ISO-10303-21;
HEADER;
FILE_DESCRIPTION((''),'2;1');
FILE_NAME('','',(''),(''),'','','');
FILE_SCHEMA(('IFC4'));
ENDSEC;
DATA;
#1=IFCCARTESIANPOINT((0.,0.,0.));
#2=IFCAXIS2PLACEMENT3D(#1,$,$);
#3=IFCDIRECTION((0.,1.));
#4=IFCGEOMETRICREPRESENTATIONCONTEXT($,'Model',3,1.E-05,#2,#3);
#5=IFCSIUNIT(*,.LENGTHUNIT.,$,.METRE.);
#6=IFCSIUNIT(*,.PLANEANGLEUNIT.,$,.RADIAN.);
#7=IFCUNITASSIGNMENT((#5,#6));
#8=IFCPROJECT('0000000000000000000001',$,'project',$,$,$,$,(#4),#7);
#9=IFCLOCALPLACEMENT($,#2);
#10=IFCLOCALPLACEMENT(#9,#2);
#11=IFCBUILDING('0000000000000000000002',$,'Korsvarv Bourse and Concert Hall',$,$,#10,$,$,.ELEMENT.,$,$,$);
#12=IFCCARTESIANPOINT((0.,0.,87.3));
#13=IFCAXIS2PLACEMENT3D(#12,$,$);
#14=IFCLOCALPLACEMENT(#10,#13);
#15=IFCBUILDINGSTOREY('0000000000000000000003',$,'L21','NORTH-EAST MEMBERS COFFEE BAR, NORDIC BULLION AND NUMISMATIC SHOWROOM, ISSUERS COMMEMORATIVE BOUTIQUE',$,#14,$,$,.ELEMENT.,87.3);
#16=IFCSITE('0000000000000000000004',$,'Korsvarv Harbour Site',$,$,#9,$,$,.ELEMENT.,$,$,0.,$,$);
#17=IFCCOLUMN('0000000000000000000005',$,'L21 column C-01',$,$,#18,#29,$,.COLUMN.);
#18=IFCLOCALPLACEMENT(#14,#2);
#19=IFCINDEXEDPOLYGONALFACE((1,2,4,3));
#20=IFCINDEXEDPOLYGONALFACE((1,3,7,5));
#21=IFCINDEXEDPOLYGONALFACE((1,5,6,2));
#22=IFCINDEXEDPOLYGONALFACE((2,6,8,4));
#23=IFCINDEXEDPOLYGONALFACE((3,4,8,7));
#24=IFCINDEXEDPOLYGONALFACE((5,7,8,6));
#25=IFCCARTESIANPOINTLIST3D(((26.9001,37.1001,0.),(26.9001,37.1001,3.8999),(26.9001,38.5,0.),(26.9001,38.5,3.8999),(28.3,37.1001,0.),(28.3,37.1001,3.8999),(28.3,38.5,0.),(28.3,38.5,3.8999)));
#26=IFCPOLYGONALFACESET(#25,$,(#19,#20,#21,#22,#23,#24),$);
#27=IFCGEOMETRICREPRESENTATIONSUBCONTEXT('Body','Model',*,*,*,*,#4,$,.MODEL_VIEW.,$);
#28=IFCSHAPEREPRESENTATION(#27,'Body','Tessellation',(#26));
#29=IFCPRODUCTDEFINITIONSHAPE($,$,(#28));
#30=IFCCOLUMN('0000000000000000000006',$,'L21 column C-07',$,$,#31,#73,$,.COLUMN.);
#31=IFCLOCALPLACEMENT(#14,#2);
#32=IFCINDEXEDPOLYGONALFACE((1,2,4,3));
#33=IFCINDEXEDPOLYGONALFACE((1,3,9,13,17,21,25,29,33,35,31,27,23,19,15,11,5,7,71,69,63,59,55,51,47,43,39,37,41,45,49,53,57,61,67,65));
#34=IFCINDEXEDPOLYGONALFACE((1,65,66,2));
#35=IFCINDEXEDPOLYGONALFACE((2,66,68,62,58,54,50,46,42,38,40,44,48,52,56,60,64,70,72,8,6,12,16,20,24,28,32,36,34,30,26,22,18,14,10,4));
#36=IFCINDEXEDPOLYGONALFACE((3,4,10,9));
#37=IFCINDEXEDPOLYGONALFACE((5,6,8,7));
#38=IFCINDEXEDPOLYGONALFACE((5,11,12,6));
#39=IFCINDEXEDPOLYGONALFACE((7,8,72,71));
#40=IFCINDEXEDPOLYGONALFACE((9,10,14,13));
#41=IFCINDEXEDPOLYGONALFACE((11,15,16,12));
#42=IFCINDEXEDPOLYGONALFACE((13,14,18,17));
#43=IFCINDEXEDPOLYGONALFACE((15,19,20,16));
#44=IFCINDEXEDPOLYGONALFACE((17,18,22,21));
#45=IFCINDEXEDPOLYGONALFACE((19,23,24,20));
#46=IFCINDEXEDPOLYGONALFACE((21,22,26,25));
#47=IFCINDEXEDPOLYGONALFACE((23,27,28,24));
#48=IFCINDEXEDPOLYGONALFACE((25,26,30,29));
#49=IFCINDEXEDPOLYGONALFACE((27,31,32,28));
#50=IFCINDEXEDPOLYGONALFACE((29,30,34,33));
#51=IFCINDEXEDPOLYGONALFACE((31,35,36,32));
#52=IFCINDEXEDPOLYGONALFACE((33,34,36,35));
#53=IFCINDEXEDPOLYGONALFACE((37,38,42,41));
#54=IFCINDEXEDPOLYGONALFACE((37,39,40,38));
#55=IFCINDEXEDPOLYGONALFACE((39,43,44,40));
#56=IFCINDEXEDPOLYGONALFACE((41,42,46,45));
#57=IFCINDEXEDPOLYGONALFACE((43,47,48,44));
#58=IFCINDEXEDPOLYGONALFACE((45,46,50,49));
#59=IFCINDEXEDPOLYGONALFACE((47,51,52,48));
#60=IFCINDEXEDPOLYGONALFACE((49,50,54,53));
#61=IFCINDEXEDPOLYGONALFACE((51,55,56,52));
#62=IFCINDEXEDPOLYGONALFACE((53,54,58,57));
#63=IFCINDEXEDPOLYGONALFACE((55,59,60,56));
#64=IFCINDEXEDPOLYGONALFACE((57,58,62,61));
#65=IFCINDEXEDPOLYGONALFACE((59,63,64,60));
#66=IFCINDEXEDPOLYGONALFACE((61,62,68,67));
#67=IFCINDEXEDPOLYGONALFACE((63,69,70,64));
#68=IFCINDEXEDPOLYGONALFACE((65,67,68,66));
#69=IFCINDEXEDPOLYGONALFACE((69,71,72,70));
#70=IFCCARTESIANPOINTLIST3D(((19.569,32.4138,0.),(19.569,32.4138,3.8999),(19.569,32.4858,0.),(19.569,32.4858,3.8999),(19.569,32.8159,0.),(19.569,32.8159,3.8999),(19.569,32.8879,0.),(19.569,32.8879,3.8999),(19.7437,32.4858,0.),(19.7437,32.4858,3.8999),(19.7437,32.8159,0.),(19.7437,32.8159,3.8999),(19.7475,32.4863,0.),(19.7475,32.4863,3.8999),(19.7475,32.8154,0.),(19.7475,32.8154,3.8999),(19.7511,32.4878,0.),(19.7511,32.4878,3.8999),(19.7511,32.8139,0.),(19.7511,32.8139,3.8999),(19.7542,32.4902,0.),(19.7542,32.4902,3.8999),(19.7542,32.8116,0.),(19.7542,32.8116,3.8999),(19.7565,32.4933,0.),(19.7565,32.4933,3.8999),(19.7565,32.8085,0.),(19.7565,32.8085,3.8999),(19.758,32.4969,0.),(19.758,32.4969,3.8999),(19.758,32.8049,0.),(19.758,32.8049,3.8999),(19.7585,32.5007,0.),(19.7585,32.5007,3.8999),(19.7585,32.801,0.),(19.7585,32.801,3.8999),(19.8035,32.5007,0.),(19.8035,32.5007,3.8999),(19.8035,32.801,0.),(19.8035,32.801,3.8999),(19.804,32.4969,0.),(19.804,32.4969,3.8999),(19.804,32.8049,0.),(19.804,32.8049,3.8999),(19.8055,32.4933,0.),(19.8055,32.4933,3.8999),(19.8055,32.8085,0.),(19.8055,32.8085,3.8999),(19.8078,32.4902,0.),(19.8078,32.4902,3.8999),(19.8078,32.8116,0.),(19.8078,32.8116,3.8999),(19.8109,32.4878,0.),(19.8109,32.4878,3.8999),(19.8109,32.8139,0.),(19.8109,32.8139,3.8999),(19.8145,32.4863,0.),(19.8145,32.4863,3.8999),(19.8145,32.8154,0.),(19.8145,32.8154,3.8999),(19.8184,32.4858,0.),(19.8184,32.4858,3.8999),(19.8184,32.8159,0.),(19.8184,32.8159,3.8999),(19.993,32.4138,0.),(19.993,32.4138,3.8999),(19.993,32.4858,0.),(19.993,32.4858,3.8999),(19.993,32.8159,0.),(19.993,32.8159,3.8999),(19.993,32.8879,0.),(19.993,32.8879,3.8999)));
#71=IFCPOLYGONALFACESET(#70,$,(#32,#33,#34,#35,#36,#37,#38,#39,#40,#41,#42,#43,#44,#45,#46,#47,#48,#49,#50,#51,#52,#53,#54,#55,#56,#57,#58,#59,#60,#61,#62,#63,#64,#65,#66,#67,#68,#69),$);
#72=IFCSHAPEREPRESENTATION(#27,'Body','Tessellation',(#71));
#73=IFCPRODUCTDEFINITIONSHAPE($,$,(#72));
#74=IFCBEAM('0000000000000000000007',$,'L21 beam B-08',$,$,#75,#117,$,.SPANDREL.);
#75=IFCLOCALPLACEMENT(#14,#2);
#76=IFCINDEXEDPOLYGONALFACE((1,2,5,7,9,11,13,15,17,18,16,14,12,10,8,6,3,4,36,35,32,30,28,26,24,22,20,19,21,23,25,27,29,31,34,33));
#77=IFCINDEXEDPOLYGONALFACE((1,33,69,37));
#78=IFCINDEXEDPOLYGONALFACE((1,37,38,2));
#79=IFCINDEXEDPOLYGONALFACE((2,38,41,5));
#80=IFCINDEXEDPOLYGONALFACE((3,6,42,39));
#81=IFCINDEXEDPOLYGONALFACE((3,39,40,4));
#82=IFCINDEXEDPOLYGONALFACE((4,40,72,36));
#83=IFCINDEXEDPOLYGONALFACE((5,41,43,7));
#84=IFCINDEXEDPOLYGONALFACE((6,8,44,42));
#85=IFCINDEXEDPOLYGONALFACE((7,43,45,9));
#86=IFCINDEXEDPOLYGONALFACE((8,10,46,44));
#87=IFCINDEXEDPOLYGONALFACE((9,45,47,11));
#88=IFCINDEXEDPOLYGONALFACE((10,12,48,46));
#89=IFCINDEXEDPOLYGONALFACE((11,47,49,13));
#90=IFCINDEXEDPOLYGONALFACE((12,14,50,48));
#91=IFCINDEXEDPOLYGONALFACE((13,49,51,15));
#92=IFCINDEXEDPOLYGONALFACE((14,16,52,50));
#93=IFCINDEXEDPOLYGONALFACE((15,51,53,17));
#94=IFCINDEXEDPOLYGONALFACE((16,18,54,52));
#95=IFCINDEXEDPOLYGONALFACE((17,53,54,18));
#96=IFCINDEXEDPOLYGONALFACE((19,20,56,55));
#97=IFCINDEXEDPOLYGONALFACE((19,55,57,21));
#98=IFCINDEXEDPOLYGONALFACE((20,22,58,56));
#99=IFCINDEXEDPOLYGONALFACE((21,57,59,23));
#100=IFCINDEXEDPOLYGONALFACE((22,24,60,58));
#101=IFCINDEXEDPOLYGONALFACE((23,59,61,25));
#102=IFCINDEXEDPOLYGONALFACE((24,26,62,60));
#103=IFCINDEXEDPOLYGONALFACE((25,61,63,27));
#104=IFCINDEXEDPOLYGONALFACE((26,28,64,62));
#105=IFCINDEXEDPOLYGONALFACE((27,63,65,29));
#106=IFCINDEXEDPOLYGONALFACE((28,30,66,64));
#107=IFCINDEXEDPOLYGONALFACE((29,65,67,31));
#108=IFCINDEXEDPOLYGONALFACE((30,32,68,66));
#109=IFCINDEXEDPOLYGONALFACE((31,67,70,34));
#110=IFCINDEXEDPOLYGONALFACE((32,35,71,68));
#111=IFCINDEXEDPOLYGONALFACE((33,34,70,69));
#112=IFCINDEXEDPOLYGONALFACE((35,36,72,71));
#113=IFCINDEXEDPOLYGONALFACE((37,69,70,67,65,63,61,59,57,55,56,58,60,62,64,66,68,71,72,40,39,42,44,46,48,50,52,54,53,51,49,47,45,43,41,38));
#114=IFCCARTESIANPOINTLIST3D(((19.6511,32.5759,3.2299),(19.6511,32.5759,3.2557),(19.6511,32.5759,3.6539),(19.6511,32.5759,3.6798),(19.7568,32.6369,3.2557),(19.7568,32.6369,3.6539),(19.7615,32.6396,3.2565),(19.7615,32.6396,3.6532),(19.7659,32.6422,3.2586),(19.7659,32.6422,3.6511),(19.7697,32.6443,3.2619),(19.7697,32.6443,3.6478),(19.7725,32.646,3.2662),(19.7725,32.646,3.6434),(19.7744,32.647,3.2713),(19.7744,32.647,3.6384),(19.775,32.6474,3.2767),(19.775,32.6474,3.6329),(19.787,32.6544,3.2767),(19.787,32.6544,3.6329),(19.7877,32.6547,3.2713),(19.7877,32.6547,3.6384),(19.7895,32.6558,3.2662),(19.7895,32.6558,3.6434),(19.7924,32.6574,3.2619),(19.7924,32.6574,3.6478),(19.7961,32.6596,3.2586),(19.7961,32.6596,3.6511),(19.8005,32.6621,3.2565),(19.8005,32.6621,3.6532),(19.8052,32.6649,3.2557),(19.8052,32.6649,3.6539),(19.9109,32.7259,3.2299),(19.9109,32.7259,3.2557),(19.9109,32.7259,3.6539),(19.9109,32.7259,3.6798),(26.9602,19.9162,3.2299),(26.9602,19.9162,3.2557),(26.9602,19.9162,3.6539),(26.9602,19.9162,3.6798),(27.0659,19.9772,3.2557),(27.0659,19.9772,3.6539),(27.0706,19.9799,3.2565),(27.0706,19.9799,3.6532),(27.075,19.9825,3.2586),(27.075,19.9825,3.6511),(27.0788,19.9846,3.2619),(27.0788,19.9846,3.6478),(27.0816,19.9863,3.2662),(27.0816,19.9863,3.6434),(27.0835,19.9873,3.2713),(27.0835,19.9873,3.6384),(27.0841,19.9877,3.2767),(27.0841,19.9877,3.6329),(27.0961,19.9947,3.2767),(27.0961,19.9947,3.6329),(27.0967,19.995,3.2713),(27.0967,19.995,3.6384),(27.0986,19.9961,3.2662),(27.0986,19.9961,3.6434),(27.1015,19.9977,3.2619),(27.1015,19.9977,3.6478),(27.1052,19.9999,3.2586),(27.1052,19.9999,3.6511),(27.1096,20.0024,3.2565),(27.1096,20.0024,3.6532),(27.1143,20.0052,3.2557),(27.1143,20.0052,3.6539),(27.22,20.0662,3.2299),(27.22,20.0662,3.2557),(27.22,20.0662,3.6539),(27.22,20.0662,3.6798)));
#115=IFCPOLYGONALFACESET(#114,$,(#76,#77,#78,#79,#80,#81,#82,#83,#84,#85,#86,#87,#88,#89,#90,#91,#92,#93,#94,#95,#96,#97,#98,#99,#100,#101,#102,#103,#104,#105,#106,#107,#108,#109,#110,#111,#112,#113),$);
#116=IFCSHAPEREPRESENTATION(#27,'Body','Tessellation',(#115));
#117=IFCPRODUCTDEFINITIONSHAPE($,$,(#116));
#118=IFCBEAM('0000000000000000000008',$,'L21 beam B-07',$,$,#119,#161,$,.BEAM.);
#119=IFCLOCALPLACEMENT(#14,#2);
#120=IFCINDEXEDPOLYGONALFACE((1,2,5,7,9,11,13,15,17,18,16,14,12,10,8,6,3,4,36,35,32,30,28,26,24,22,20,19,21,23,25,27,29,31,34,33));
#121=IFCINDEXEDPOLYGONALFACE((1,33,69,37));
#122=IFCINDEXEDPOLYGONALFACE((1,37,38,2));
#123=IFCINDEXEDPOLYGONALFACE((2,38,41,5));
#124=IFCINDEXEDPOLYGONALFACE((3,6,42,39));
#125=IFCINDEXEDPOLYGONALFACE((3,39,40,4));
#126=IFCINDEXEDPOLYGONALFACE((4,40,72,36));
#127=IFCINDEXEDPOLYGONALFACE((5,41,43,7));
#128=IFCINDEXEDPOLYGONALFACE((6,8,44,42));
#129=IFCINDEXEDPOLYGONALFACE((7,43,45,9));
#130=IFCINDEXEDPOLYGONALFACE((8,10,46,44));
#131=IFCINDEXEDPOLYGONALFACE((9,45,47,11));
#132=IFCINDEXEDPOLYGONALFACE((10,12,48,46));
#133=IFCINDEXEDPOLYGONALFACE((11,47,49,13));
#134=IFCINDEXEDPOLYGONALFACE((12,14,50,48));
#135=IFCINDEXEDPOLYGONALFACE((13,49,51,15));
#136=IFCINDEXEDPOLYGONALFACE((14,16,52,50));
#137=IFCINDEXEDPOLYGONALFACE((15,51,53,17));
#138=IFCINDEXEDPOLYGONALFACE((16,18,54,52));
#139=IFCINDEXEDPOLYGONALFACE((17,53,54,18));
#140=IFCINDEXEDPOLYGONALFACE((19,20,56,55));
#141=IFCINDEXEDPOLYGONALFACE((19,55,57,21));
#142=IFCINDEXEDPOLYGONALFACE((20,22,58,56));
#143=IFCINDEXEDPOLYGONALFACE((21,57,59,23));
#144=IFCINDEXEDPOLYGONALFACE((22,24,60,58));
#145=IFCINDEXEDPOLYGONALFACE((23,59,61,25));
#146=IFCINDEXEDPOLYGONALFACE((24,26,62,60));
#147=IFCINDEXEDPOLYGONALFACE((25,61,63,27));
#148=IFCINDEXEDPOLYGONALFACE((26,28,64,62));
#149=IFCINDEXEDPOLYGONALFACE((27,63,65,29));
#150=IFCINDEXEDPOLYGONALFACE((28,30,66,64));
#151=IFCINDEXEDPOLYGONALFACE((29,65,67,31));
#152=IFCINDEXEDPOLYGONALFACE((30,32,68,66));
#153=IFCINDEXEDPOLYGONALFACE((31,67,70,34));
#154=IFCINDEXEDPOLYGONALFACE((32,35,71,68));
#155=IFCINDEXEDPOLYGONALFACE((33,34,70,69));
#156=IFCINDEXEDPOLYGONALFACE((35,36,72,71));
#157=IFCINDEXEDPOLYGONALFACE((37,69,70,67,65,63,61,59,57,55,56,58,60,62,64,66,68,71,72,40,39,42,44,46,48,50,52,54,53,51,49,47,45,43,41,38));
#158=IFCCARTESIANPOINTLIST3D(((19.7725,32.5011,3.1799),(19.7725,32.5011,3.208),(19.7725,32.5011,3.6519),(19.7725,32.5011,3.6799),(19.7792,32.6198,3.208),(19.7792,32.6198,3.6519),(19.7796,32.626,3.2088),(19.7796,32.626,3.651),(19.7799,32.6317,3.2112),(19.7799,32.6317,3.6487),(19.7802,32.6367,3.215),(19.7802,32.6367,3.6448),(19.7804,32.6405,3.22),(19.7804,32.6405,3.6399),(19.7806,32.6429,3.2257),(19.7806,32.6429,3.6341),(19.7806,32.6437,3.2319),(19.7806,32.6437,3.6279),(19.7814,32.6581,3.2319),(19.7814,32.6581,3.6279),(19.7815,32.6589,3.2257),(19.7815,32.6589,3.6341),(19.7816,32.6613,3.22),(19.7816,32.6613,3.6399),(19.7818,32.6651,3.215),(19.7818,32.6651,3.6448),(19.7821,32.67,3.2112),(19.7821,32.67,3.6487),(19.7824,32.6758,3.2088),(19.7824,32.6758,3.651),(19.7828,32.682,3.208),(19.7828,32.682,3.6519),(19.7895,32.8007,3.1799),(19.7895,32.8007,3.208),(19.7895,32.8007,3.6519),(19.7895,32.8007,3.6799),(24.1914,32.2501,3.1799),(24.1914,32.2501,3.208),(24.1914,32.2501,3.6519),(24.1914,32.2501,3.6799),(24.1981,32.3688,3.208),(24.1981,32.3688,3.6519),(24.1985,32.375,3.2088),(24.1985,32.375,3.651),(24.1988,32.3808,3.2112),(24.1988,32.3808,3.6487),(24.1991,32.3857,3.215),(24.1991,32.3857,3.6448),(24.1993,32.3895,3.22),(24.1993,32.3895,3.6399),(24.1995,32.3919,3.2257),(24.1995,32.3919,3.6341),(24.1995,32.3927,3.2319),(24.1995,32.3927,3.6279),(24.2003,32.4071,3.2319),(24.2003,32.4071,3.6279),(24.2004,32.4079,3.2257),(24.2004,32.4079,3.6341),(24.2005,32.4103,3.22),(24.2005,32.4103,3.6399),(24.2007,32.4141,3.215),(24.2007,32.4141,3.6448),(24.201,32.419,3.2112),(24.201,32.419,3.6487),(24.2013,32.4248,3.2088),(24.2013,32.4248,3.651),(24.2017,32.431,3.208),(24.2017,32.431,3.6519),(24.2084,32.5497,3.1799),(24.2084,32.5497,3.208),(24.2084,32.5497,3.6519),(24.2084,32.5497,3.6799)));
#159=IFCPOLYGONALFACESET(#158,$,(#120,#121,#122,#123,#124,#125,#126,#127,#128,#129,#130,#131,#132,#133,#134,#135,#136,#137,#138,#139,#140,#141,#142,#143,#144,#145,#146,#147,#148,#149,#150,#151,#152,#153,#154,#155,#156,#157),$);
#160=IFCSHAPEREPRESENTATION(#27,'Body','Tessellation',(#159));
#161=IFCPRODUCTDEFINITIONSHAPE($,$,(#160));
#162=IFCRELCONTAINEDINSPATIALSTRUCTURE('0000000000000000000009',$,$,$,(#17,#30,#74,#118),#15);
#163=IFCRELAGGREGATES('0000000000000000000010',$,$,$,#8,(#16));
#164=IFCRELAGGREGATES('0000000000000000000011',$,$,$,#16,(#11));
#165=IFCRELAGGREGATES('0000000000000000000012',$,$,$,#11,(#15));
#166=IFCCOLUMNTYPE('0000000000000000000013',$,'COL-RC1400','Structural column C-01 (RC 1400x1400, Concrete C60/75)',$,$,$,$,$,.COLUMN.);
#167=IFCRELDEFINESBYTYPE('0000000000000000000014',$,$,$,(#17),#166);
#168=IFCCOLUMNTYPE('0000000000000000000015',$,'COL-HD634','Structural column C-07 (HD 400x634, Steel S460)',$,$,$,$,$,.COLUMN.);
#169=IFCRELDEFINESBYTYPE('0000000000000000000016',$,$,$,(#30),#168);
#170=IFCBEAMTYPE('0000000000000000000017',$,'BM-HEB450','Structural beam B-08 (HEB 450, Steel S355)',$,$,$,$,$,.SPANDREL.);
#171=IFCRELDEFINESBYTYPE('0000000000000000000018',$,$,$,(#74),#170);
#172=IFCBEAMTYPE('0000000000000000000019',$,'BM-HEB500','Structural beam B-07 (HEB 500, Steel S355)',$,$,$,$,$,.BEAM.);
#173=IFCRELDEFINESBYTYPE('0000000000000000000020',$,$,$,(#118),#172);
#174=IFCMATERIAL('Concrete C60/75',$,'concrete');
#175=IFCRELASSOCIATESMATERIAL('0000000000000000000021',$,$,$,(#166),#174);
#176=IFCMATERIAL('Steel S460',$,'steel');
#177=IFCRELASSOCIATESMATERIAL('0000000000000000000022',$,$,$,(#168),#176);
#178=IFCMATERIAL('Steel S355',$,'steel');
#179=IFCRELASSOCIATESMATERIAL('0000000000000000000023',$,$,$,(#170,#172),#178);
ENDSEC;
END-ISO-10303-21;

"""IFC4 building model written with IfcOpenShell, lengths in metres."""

from ifc_helpers import new_model, si_unit, direction, frame, origin, origin_2d, place, context, subcontext, project, spatial, rectangle, i_section, extrude, source, transform, mapped, material, material_profile, profile_set, type_object, element, save


model = new_model("IFC4")

# Units and contexts
model_context = context("Model", 3, precision=1e-05, world=origin(), true_north=direction((0.0, 1.0)))
body_context = subcontext(model_context, "Body", "Model", "MODEL_VIEW")
ifc_project = project(units=[si_unit("LENGTHUNIT", "METRE"), si_unit("PLANEANGLEUNIT", "RADIAN")], contexts=[model_context])

# Site, building, storey
site_placement = place(None, origin())
site = spatial("IfcSite", under=ifc_project, at=site_placement, Name="Korsvarv Harbour Site", CompositionType="ELEMENT", RefElevation=0.0)
building_placement = place(site_placement, origin())
building = spatial("IfcBuilding", under=site, at=building_placement, Name="Korsvarv Bourse and Concert Hall", CompositionType="ELEMENT")
storey_placement = place(building_placement, frame((0.0, 0.0, 87.3)))
storey = spatial("IfcBuildingStorey", under=building, at=storey_placement, Name="L21", Description="NORTH-EAST MEMBERS COFFEE BAR, NORDIC BULLION AND NUMISMATIC SHOWROOM, ISSUERS COMMEMORATIVE BOUTIQUE", CompositionType="ELEMENT", Elevation=87.3)

# Columns
ifc_material_1 = material(Name="Concrete C60/75", Category="concrete")
ifc_material_profile_1 = material_profile(ifc_material_1, rectangle(XDim=1.3999, YDim=1.3999, at=origin_2d()), Name="RC 1400x1400")
ifc_profile_set_1 = profile_set([ifc_material_profile_1], Name="Concrete C60/75")
column_type_1 = type_object("IfcColumnType", Name="COL-RC1400", Description="Structural column C-01 (RC 1400x1400, Concrete C60/75)", PredefinedType="COLUMN", material=ifc_profile_set_1)
shared_shape_1 = source(origin(), body_context, "Body", "SweptSolid", [
    extrude(rectangle(XDim=1.3999, YDim=1.3999, at=origin_2d()), origin(), (0.0, 0.0, 1.0), 3.8999),
])
column_1_placement = place(storey_placement, frame((27.6001, 37.8, 0.0), z_axis=(0.0, 0.0, 1.0), x_axis=(1.0, 0.0, 0.0)))
element("IfcColumn", 1, at=column_1_placement, inside=storey, type_object=column_type_1, Name="L21 column C-01", PredefinedType="COLUMN", context=body_context, shape_type="MappedRepresentation", body=[
    mapped(shared_shape_1, transform((0.0, 0.0, 0.0), scale=1.0)),
])
ifc_material_2 = material(Name="Steel S460", Category="steel")
ifc_material_profile_2 = material_profile(ifc_material_2, i_section(OverallWidth=0.4241, OverallDepth=0.4741, WebThickness=0.0449, FlangeThickness=0.072, FilletRadius=0.0149, at=origin_2d()), Name="HD 400x634")
ifc_profile_set_2 = profile_set([ifc_material_profile_2], Name="Steel S460")
column_type_2 = type_object("IfcColumnType", Name="COL-HD634", Description="Structural column C-07 (HD 400x634, Steel S460)", PredefinedType="COLUMN", material=ifc_profile_set_2)
shared_shape_2 = source(origin(), body_context, "Body", "SweptSolid", [
    extrude(i_section(OverallWidth=0.4241, OverallDepth=0.4741, WebThickness=0.0449, FlangeThickness=0.072, FilletRadius=0.0149, at=origin_2d()), origin(), (0.0, 0.0, 1.0), 3.8999),
])
column_2_placement = place(storey_placement, frame((19.781, 32.6509, 0.0), z_axis=(0.0, 0.0, 1.0), x_axis=(1.0, 0.0, 0.0)))
element("IfcColumn", 2, at=column_2_placement, inside=storey, type_object=column_type_2, Name="L21 column C-07", PredefinedType="COLUMN", context=body_context, shape_type="MappedRepresentation", body=[
    mapped(shared_shape_2, transform((0.0, 0.0, 0.0), scale=1.0)),
])

# Beams
ifc_material_3 = material(Name="Steel S355", Category="steel")
ifc_material_profile_3 = material_profile(ifc_material_3, i_section(OverallWidth=0.3, OverallDepth=0.45, WebThickness=0.0139, FlangeThickness=0.0259, FilletRadius=0.021, at=origin_2d()), Name="HEB 450")
ifc_profile_set_3 = profile_set([ifc_material_profile_3], Name="Steel S355")
beam_type_1 = type_object("IfcBeamType", Name="BM-HEB450", Description="Structural beam B-08 (HEB 450, Steel S355)", PredefinedType="SPANDREL", material=ifc_profile_set_3)
shared_shape_3 = source(origin(), body_context, "Body", "SweptSolid", [
    extrude(i_section(OverallWidth=0.3, OverallDepth=0.45, WebThickness=0.0139, FlangeThickness=0.0259, FilletRadius=0.021, at=origin_2d()), origin(), (0.0, 0.0, 1.0), 14.6182),
])
beam_1_placement = place(storey_placement, frame((19.781, 32.6509, 3.4548), z_axis=(0.500001, -0.866025, 0.0), x_axis=(0.866025, 0.500001, 0.0)))
element("IfcBeam", 3, at=beam_1_placement, inside=storey, type_object=beam_type_1, Name="L21 beam B-08", PredefinedType="SPANDREL", context=body_context, shape_type="MappedRepresentation", body=[
    mapped(shared_shape_3, transform((0.0, 0.0, 0.0), scale=1.0)),
])
ifc_material_profile_4 = material_profile(ifc_material_3, i_section(OverallWidth=0.3, OverallDepth=0.5, WebThickness=0.0144, FlangeThickness=0.0281, FilletRadius=0.0239, at=origin_2d()), Name="HEB 500")
ifc_profile_set_4 = profile_set([ifc_material_profile_4], Name="Steel S355")
beam_type_2 = type_object("IfcBeamType", Name="BM-HEB500", Description="Structural beam B-07 (HEB 500, Steel S355)", PredefinedType="BEAM", material=ifc_profile_set_4)
shared_shape_4 = source(origin(), body_context, "Body", "SweptSolid", [
    extrude(i_section(OverallWidth=0.3, OverallDepth=0.5, WebThickness=0.0144, FlangeThickness=0.0281, FilletRadius=0.0239, at=origin_2d()), origin(), (0.0, 0.0, 1.0), 4.426),
])
beam_2_placement = place(storey_placement, frame((19.781, 32.6509, 3.4299), z_axis=(0.998391, -0.056704, 0.0), x_axis=(0.056704, 0.998391, 0.0)))
element("IfcBeam", 4, at=beam_2_placement, inside=storey, type_object=beam_type_2, Name="L21 beam B-07", PredefinedType="BEAM", context=body_context, shape_type="MappedRepresentation", body=[
    mapped(shared_shape_4, transform((0.0, 0.0, 0.0), scale=1.0)),
])

save(model, "model.ifc")
